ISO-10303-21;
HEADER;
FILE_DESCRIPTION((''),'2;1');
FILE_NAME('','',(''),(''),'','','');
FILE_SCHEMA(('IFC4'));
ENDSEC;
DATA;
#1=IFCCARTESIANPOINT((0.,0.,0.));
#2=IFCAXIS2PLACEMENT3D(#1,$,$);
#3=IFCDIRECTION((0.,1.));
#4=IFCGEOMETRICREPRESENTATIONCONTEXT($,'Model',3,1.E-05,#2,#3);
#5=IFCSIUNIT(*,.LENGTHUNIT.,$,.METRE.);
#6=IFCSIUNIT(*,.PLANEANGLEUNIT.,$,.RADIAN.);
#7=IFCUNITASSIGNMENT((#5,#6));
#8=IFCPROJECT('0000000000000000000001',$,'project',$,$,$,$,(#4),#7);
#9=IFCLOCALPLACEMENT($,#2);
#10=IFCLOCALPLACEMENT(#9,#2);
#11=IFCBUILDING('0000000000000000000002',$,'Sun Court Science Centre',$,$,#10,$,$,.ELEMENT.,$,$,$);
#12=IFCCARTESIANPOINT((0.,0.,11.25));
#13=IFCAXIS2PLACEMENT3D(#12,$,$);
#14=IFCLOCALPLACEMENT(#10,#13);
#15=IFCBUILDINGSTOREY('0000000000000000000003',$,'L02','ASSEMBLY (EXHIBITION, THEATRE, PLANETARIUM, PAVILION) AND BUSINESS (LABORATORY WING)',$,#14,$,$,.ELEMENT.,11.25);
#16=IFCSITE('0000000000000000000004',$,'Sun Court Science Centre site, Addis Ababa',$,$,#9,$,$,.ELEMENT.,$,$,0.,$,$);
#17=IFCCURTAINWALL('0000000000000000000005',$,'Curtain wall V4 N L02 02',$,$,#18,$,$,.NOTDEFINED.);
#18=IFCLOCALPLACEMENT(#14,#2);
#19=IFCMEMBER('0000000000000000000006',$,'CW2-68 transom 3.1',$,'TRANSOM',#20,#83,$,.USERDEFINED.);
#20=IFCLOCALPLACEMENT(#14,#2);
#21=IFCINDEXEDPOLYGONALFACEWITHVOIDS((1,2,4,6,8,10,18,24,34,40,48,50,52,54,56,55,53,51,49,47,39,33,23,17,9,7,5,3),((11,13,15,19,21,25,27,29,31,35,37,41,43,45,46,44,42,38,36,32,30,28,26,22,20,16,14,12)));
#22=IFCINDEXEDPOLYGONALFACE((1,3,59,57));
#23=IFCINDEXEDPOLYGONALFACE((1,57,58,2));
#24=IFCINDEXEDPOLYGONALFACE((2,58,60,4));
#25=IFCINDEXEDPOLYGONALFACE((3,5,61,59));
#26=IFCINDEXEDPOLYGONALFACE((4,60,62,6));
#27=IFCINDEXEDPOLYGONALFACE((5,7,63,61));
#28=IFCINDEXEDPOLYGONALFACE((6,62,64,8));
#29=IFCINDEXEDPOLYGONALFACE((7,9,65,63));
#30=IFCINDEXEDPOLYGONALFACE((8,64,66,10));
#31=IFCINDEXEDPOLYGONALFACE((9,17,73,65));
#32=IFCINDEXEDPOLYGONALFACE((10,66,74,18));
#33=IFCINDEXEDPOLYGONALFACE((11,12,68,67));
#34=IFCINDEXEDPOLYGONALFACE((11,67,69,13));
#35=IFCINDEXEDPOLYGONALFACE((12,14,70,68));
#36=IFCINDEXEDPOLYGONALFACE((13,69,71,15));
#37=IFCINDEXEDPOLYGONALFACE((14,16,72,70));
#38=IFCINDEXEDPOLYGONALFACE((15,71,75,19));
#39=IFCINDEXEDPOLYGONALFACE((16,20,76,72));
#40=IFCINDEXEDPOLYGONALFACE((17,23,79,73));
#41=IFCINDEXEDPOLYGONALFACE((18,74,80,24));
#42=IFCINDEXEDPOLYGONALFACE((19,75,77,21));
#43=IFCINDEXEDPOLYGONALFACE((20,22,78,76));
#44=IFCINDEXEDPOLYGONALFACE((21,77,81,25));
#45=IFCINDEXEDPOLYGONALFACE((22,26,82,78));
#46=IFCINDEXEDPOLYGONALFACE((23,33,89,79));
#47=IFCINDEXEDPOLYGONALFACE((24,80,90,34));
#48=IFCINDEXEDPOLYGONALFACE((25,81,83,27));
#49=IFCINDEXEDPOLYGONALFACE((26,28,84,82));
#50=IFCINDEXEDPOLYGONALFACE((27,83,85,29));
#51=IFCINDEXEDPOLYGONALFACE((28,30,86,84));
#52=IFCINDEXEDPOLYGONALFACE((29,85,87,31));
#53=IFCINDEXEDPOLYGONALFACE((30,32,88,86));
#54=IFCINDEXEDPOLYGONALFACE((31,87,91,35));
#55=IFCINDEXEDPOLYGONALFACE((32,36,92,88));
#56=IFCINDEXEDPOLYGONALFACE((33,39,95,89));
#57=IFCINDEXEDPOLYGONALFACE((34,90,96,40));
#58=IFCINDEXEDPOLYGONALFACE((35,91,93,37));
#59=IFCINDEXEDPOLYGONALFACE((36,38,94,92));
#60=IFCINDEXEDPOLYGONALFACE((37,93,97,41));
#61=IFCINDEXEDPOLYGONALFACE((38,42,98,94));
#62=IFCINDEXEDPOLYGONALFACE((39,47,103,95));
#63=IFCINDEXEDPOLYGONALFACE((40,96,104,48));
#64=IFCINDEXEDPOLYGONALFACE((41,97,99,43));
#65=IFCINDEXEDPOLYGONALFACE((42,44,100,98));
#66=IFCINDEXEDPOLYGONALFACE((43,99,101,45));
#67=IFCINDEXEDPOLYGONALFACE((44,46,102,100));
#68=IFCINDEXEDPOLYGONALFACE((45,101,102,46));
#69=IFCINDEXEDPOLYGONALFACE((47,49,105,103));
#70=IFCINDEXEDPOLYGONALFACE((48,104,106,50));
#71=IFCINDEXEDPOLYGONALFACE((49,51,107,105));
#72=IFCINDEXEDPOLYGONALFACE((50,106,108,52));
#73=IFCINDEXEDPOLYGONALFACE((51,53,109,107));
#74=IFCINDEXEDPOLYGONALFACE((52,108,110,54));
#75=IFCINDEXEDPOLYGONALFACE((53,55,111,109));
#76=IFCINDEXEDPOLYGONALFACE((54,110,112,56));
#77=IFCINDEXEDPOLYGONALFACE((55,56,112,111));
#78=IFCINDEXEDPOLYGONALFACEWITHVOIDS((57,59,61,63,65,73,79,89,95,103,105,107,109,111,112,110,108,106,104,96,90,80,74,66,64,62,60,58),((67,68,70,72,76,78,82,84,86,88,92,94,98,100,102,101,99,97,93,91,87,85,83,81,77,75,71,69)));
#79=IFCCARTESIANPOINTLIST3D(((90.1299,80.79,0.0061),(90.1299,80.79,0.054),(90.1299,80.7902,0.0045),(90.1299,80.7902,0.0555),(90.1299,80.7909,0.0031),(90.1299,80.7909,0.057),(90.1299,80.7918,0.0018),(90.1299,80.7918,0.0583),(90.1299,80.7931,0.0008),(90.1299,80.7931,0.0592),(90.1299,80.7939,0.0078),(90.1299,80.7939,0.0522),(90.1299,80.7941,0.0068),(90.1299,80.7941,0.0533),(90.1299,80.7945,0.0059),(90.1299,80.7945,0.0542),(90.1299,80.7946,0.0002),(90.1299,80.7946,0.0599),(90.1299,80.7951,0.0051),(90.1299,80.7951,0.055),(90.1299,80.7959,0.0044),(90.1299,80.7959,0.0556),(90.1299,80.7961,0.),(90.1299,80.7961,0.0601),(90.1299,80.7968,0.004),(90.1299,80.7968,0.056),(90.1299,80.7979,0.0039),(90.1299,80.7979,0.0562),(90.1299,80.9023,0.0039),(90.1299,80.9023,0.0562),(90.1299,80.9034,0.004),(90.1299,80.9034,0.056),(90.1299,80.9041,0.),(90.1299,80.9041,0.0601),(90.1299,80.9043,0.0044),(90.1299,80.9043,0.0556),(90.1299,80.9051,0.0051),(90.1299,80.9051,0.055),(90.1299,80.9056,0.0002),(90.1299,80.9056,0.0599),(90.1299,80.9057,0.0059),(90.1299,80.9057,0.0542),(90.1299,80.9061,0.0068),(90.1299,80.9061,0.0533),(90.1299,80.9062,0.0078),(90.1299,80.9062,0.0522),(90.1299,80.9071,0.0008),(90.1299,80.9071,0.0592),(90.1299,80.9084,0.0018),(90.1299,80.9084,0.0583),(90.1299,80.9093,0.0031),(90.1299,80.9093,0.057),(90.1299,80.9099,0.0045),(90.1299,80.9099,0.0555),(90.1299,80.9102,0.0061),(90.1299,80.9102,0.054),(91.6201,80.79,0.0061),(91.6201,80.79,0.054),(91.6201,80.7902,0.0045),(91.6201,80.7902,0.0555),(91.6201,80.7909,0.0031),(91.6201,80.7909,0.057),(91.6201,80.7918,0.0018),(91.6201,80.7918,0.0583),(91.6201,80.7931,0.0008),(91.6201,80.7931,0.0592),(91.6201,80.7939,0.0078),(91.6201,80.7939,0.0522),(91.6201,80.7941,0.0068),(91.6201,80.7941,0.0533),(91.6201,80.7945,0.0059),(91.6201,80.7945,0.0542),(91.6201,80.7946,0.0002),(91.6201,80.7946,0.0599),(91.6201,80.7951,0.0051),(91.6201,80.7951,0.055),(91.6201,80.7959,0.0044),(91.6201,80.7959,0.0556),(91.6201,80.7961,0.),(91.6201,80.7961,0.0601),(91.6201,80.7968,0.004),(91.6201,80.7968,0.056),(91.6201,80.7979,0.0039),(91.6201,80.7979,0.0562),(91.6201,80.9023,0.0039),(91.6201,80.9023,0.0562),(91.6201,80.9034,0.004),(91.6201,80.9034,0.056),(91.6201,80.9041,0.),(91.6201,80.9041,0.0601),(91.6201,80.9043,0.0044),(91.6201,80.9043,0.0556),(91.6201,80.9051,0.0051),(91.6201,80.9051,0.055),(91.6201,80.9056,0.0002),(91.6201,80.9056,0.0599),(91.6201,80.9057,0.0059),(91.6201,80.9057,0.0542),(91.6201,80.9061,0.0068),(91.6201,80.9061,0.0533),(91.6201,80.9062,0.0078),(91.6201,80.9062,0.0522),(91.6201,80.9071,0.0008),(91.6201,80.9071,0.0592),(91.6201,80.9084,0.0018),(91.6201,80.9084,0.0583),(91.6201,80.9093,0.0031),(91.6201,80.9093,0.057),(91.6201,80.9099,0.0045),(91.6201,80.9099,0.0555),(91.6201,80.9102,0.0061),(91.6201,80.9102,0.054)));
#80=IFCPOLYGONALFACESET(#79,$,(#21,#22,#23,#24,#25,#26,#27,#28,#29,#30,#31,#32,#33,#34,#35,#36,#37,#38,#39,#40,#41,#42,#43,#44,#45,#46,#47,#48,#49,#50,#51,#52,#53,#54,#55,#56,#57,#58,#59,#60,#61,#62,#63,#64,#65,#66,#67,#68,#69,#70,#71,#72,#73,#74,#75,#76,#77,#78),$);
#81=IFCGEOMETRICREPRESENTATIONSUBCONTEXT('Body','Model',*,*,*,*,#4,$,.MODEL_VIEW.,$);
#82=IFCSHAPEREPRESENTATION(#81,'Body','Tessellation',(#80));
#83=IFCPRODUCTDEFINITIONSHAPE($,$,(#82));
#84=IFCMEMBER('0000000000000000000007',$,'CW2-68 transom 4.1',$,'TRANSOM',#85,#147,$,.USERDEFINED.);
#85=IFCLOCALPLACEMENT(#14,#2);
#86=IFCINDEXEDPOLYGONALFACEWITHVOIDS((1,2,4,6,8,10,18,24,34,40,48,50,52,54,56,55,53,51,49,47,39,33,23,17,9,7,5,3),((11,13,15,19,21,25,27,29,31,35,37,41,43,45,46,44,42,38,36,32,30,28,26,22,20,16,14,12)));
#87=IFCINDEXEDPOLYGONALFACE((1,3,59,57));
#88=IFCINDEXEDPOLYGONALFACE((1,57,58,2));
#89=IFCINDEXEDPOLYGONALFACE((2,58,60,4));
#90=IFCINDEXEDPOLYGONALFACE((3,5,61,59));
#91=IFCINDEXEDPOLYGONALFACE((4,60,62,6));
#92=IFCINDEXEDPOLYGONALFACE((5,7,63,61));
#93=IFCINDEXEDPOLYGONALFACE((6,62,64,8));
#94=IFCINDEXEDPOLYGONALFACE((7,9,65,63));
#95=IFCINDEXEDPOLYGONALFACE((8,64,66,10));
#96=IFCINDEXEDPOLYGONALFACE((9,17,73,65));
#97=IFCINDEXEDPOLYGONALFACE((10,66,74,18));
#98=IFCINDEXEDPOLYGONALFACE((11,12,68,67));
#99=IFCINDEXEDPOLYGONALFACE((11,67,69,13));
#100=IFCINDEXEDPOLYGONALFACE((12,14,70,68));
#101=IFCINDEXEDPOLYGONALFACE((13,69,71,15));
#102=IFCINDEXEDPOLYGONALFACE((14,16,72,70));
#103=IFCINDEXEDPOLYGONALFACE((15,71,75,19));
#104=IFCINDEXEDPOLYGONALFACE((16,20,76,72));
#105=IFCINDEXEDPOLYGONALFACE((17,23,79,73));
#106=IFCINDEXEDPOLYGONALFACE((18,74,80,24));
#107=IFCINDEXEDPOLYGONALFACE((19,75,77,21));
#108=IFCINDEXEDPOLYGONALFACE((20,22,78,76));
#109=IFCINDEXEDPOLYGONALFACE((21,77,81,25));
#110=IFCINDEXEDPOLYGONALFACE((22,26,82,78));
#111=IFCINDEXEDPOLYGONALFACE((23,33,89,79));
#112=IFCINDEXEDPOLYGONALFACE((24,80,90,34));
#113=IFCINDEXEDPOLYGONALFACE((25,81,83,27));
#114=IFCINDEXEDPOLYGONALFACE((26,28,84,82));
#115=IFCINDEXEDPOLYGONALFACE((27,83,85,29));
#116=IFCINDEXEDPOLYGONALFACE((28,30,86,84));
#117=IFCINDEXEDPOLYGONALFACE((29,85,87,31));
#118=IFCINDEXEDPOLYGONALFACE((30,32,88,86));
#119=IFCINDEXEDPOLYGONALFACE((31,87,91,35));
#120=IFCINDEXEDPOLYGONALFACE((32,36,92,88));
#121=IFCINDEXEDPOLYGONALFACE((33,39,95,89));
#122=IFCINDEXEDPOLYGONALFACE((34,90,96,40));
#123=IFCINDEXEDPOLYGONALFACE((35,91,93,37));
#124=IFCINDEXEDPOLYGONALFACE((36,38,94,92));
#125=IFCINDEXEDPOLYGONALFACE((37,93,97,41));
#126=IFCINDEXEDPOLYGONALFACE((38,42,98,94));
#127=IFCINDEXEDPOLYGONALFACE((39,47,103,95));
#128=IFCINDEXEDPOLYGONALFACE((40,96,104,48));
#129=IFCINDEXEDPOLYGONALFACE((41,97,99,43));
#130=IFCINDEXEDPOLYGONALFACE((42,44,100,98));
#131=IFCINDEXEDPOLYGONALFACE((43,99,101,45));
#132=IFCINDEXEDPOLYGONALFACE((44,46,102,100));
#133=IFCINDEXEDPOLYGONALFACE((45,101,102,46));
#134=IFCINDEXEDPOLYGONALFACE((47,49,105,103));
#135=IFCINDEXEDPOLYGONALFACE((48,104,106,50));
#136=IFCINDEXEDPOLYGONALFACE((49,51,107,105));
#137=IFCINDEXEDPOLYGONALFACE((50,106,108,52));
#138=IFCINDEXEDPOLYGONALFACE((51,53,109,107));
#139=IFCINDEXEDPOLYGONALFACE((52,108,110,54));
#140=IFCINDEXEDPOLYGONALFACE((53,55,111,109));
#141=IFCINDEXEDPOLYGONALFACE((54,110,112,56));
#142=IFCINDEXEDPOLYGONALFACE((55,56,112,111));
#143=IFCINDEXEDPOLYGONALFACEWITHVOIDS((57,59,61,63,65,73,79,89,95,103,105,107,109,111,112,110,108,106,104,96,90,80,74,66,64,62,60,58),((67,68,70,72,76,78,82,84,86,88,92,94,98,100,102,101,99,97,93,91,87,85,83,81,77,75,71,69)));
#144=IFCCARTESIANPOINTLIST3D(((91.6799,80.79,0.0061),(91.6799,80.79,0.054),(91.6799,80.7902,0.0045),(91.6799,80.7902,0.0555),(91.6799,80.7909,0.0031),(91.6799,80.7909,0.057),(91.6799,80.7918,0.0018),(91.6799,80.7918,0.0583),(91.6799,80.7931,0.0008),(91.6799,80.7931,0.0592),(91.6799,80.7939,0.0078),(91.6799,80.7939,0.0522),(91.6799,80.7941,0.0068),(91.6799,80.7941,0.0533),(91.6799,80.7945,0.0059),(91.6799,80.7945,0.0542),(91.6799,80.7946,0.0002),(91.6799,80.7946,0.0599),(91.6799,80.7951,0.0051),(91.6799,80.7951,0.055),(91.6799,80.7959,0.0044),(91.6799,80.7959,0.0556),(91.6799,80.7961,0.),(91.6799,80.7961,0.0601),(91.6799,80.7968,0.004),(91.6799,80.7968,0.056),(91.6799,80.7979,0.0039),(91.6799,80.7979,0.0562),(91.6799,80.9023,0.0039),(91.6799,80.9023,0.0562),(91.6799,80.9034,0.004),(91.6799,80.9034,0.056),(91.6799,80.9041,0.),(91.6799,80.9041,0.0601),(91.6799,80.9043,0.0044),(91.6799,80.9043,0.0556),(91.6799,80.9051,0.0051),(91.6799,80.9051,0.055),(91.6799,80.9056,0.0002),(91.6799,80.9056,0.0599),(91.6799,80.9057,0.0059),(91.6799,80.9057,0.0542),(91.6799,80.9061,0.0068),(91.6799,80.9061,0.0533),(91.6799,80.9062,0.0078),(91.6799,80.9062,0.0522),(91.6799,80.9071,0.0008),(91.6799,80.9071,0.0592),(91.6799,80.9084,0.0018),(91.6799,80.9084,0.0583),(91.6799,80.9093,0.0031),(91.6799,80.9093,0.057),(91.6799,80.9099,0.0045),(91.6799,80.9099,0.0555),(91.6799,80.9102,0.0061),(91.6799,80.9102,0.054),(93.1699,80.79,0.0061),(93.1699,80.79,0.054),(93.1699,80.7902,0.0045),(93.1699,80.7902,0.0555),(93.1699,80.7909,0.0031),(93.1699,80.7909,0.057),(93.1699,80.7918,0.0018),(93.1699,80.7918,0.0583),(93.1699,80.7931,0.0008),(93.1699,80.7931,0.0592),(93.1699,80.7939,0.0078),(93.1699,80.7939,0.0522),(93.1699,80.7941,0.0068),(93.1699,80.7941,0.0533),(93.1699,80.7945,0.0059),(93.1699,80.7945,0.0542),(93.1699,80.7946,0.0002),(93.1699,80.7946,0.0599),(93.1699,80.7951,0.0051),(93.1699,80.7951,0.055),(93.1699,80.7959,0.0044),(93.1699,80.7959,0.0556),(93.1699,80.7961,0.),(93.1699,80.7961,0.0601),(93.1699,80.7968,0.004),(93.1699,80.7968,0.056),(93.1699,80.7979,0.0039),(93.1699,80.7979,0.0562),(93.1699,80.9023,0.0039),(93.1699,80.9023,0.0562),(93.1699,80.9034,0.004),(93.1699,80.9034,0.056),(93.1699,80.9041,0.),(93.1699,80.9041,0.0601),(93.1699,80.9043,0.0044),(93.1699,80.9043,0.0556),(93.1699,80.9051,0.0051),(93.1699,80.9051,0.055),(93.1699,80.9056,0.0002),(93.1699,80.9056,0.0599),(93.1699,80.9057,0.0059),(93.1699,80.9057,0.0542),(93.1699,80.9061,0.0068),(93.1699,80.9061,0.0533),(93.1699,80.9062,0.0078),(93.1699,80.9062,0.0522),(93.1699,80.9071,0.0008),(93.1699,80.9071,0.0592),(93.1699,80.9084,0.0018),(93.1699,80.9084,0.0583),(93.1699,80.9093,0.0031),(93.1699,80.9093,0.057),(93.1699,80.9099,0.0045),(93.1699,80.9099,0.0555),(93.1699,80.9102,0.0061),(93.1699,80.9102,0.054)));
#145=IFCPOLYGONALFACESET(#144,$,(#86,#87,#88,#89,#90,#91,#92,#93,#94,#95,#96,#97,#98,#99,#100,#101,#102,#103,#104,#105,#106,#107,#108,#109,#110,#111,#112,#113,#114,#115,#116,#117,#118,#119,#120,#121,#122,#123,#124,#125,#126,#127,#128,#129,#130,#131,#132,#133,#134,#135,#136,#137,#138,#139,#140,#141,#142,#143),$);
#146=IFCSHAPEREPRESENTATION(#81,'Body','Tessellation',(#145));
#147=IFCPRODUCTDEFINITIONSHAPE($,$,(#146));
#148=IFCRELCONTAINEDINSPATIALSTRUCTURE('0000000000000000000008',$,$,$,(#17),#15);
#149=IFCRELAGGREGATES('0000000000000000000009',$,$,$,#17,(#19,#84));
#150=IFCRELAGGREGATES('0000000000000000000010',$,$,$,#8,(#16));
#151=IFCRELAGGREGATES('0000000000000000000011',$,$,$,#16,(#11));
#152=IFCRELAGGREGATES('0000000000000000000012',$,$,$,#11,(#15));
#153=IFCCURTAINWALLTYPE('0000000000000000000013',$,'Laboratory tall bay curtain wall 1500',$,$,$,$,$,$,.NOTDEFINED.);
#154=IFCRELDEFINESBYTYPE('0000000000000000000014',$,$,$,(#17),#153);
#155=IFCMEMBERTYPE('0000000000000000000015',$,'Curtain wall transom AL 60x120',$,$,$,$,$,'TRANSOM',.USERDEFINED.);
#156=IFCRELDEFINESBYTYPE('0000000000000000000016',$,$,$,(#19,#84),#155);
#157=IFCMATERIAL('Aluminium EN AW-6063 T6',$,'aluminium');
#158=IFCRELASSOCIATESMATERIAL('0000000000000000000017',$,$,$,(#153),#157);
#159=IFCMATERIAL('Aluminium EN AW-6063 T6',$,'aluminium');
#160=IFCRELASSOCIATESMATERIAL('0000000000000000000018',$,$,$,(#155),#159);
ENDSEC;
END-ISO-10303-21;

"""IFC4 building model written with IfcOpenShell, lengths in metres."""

from ifc_helpers import new_model, si_unit, direction, frame, origin, origin_2d, place, context, subcontext, project, spatial, hollow_rectangle, extrude, material, material_profile, profile_set, type_object, element, aggregate, save


model = new_model("IFC4")

# Units and contexts
model_context = context("Model", 3, precision=1e-05, world=origin(), true_north=direction((0.0, 1.0)))
body_context = subcontext(model_context, "Body", "Model", "MODEL_VIEW")
ifc_project = project(units=[si_unit("LENGTHUNIT", "METRE"), si_unit("PLANEANGLEUNIT", "RADIAN")], contexts=[model_context])

# Site, building, storey
site_placement = place(None, origin())
site = spatial("IfcSite", under=ifc_project, at=site_placement, Name="Sun Court Science Centre site, Addis Ababa", CompositionType="ELEMENT", RefElevation=0.0)
building_placement = place(site_placement, origin())
building = spatial("IfcBuilding", under=site, at=building_placement, Name="Sun Court Science Centre", CompositionType="ELEMENT")
storey_placement = place(building_placement, frame((0.0, 0.0, 11.25)))
storey = spatial("IfcBuildingStorey", under=building, at=storey_placement, Name="L02", Description="ASSEMBLY (EXHIBITION, THEATRE, PLANETARIUM, PAVILION) AND BUSINESS (LABORATORY WING)", CompositionType="ELEMENT", Elevation=11.25)

# Curtain wall, members
ifc_material_1 = material(Name="Aluminium EN AW-6063 T6", Category="aluminium")
curtain_wall_type = type_object("IfcCurtainWallType", Name="Laboratory tall bay curtain wall 1500", PredefinedType="NOTDEFINED", material=ifc_material_1)
curtain_wall_placement = place(storey_placement, origin())
curtain_wall = element("IfcCurtainWall", 1, at=curtain_wall_placement, inside=storey, type_object=curtain_wall_type, Name="Curtain wall V4 N L02 02", PredefinedType="NOTDEFINED")
ifc_material_2 = material(Name="Aluminium EN AW-6063 T6", Category="aluminium")
ifc_material_profile_1 = material_profile(ifc_material_2, hollow_rectangle(XDim=0.0601, YDim=0.1201, WallThickness=0.0039, InnerFilletRadius=0.0039, OuterFilletRadius=0.0061, at=origin_2d()), Name="AL 60x120x4")
ifc_profile_set_1 = profile_set([ifc_material_profile_1], Name="Aluminium EN AW-6063 T6")
member_type_1 = type_object("IfcMemberType", Name="Curtain wall transom AL 60x120", ElementType="TRANSOM", PredefinedType="USERDEFINED", material=ifc_profile_set_1)
member_1_placement = place(storey_placement, frame((90.1299, 80.8501, 0.03), z_axis=(1.0, 0.0, 0.0), x_axis=(0.0, 0.0, 1.0)))
member_1 = element("IfcMember", 2, at=member_1_placement, type_object=member_type_1, Name="CW2-68 transom 3.1", ObjectType="TRANSOM", PredefinedType="USERDEFINED", context=body_context, shape_type="SweptSolid", body=[
    extrude(hollow_rectangle(XDim=0.0601, YDim=0.1201, WallThickness=0.0039, InnerFilletRadius=0.0039, OuterFilletRadius=0.0061, at=origin_2d()), origin(), (0.0, 0.0, 1.0), 1.4902),
])
member_2_placement = place(storey_placement, frame((91.6799, 80.8501, 0.03), z_axis=(1.0, 0.0, 0.0), x_axis=(0.0, 0.0, 1.0)))
member_2 = element("IfcMember", 3, at=member_2_placement, type_object=member_type_1, Name="CW2-68 transom 4.1", ObjectType="TRANSOM", PredefinedType="USERDEFINED", context=body_context, shape_type="SweptSolid", body=[
    extrude(hollow_rectangle(XDim=0.0601, YDim=0.1201, WallThickness=0.0039, InnerFilletRadius=0.0039, OuterFilletRadius=0.0061, at=origin_2d()), origin(), (0.0, 0.0, 1.0), 1.49),
])
aggregate(curtain_wall, [member_1, member_2])

save(model, "model.ifc")
